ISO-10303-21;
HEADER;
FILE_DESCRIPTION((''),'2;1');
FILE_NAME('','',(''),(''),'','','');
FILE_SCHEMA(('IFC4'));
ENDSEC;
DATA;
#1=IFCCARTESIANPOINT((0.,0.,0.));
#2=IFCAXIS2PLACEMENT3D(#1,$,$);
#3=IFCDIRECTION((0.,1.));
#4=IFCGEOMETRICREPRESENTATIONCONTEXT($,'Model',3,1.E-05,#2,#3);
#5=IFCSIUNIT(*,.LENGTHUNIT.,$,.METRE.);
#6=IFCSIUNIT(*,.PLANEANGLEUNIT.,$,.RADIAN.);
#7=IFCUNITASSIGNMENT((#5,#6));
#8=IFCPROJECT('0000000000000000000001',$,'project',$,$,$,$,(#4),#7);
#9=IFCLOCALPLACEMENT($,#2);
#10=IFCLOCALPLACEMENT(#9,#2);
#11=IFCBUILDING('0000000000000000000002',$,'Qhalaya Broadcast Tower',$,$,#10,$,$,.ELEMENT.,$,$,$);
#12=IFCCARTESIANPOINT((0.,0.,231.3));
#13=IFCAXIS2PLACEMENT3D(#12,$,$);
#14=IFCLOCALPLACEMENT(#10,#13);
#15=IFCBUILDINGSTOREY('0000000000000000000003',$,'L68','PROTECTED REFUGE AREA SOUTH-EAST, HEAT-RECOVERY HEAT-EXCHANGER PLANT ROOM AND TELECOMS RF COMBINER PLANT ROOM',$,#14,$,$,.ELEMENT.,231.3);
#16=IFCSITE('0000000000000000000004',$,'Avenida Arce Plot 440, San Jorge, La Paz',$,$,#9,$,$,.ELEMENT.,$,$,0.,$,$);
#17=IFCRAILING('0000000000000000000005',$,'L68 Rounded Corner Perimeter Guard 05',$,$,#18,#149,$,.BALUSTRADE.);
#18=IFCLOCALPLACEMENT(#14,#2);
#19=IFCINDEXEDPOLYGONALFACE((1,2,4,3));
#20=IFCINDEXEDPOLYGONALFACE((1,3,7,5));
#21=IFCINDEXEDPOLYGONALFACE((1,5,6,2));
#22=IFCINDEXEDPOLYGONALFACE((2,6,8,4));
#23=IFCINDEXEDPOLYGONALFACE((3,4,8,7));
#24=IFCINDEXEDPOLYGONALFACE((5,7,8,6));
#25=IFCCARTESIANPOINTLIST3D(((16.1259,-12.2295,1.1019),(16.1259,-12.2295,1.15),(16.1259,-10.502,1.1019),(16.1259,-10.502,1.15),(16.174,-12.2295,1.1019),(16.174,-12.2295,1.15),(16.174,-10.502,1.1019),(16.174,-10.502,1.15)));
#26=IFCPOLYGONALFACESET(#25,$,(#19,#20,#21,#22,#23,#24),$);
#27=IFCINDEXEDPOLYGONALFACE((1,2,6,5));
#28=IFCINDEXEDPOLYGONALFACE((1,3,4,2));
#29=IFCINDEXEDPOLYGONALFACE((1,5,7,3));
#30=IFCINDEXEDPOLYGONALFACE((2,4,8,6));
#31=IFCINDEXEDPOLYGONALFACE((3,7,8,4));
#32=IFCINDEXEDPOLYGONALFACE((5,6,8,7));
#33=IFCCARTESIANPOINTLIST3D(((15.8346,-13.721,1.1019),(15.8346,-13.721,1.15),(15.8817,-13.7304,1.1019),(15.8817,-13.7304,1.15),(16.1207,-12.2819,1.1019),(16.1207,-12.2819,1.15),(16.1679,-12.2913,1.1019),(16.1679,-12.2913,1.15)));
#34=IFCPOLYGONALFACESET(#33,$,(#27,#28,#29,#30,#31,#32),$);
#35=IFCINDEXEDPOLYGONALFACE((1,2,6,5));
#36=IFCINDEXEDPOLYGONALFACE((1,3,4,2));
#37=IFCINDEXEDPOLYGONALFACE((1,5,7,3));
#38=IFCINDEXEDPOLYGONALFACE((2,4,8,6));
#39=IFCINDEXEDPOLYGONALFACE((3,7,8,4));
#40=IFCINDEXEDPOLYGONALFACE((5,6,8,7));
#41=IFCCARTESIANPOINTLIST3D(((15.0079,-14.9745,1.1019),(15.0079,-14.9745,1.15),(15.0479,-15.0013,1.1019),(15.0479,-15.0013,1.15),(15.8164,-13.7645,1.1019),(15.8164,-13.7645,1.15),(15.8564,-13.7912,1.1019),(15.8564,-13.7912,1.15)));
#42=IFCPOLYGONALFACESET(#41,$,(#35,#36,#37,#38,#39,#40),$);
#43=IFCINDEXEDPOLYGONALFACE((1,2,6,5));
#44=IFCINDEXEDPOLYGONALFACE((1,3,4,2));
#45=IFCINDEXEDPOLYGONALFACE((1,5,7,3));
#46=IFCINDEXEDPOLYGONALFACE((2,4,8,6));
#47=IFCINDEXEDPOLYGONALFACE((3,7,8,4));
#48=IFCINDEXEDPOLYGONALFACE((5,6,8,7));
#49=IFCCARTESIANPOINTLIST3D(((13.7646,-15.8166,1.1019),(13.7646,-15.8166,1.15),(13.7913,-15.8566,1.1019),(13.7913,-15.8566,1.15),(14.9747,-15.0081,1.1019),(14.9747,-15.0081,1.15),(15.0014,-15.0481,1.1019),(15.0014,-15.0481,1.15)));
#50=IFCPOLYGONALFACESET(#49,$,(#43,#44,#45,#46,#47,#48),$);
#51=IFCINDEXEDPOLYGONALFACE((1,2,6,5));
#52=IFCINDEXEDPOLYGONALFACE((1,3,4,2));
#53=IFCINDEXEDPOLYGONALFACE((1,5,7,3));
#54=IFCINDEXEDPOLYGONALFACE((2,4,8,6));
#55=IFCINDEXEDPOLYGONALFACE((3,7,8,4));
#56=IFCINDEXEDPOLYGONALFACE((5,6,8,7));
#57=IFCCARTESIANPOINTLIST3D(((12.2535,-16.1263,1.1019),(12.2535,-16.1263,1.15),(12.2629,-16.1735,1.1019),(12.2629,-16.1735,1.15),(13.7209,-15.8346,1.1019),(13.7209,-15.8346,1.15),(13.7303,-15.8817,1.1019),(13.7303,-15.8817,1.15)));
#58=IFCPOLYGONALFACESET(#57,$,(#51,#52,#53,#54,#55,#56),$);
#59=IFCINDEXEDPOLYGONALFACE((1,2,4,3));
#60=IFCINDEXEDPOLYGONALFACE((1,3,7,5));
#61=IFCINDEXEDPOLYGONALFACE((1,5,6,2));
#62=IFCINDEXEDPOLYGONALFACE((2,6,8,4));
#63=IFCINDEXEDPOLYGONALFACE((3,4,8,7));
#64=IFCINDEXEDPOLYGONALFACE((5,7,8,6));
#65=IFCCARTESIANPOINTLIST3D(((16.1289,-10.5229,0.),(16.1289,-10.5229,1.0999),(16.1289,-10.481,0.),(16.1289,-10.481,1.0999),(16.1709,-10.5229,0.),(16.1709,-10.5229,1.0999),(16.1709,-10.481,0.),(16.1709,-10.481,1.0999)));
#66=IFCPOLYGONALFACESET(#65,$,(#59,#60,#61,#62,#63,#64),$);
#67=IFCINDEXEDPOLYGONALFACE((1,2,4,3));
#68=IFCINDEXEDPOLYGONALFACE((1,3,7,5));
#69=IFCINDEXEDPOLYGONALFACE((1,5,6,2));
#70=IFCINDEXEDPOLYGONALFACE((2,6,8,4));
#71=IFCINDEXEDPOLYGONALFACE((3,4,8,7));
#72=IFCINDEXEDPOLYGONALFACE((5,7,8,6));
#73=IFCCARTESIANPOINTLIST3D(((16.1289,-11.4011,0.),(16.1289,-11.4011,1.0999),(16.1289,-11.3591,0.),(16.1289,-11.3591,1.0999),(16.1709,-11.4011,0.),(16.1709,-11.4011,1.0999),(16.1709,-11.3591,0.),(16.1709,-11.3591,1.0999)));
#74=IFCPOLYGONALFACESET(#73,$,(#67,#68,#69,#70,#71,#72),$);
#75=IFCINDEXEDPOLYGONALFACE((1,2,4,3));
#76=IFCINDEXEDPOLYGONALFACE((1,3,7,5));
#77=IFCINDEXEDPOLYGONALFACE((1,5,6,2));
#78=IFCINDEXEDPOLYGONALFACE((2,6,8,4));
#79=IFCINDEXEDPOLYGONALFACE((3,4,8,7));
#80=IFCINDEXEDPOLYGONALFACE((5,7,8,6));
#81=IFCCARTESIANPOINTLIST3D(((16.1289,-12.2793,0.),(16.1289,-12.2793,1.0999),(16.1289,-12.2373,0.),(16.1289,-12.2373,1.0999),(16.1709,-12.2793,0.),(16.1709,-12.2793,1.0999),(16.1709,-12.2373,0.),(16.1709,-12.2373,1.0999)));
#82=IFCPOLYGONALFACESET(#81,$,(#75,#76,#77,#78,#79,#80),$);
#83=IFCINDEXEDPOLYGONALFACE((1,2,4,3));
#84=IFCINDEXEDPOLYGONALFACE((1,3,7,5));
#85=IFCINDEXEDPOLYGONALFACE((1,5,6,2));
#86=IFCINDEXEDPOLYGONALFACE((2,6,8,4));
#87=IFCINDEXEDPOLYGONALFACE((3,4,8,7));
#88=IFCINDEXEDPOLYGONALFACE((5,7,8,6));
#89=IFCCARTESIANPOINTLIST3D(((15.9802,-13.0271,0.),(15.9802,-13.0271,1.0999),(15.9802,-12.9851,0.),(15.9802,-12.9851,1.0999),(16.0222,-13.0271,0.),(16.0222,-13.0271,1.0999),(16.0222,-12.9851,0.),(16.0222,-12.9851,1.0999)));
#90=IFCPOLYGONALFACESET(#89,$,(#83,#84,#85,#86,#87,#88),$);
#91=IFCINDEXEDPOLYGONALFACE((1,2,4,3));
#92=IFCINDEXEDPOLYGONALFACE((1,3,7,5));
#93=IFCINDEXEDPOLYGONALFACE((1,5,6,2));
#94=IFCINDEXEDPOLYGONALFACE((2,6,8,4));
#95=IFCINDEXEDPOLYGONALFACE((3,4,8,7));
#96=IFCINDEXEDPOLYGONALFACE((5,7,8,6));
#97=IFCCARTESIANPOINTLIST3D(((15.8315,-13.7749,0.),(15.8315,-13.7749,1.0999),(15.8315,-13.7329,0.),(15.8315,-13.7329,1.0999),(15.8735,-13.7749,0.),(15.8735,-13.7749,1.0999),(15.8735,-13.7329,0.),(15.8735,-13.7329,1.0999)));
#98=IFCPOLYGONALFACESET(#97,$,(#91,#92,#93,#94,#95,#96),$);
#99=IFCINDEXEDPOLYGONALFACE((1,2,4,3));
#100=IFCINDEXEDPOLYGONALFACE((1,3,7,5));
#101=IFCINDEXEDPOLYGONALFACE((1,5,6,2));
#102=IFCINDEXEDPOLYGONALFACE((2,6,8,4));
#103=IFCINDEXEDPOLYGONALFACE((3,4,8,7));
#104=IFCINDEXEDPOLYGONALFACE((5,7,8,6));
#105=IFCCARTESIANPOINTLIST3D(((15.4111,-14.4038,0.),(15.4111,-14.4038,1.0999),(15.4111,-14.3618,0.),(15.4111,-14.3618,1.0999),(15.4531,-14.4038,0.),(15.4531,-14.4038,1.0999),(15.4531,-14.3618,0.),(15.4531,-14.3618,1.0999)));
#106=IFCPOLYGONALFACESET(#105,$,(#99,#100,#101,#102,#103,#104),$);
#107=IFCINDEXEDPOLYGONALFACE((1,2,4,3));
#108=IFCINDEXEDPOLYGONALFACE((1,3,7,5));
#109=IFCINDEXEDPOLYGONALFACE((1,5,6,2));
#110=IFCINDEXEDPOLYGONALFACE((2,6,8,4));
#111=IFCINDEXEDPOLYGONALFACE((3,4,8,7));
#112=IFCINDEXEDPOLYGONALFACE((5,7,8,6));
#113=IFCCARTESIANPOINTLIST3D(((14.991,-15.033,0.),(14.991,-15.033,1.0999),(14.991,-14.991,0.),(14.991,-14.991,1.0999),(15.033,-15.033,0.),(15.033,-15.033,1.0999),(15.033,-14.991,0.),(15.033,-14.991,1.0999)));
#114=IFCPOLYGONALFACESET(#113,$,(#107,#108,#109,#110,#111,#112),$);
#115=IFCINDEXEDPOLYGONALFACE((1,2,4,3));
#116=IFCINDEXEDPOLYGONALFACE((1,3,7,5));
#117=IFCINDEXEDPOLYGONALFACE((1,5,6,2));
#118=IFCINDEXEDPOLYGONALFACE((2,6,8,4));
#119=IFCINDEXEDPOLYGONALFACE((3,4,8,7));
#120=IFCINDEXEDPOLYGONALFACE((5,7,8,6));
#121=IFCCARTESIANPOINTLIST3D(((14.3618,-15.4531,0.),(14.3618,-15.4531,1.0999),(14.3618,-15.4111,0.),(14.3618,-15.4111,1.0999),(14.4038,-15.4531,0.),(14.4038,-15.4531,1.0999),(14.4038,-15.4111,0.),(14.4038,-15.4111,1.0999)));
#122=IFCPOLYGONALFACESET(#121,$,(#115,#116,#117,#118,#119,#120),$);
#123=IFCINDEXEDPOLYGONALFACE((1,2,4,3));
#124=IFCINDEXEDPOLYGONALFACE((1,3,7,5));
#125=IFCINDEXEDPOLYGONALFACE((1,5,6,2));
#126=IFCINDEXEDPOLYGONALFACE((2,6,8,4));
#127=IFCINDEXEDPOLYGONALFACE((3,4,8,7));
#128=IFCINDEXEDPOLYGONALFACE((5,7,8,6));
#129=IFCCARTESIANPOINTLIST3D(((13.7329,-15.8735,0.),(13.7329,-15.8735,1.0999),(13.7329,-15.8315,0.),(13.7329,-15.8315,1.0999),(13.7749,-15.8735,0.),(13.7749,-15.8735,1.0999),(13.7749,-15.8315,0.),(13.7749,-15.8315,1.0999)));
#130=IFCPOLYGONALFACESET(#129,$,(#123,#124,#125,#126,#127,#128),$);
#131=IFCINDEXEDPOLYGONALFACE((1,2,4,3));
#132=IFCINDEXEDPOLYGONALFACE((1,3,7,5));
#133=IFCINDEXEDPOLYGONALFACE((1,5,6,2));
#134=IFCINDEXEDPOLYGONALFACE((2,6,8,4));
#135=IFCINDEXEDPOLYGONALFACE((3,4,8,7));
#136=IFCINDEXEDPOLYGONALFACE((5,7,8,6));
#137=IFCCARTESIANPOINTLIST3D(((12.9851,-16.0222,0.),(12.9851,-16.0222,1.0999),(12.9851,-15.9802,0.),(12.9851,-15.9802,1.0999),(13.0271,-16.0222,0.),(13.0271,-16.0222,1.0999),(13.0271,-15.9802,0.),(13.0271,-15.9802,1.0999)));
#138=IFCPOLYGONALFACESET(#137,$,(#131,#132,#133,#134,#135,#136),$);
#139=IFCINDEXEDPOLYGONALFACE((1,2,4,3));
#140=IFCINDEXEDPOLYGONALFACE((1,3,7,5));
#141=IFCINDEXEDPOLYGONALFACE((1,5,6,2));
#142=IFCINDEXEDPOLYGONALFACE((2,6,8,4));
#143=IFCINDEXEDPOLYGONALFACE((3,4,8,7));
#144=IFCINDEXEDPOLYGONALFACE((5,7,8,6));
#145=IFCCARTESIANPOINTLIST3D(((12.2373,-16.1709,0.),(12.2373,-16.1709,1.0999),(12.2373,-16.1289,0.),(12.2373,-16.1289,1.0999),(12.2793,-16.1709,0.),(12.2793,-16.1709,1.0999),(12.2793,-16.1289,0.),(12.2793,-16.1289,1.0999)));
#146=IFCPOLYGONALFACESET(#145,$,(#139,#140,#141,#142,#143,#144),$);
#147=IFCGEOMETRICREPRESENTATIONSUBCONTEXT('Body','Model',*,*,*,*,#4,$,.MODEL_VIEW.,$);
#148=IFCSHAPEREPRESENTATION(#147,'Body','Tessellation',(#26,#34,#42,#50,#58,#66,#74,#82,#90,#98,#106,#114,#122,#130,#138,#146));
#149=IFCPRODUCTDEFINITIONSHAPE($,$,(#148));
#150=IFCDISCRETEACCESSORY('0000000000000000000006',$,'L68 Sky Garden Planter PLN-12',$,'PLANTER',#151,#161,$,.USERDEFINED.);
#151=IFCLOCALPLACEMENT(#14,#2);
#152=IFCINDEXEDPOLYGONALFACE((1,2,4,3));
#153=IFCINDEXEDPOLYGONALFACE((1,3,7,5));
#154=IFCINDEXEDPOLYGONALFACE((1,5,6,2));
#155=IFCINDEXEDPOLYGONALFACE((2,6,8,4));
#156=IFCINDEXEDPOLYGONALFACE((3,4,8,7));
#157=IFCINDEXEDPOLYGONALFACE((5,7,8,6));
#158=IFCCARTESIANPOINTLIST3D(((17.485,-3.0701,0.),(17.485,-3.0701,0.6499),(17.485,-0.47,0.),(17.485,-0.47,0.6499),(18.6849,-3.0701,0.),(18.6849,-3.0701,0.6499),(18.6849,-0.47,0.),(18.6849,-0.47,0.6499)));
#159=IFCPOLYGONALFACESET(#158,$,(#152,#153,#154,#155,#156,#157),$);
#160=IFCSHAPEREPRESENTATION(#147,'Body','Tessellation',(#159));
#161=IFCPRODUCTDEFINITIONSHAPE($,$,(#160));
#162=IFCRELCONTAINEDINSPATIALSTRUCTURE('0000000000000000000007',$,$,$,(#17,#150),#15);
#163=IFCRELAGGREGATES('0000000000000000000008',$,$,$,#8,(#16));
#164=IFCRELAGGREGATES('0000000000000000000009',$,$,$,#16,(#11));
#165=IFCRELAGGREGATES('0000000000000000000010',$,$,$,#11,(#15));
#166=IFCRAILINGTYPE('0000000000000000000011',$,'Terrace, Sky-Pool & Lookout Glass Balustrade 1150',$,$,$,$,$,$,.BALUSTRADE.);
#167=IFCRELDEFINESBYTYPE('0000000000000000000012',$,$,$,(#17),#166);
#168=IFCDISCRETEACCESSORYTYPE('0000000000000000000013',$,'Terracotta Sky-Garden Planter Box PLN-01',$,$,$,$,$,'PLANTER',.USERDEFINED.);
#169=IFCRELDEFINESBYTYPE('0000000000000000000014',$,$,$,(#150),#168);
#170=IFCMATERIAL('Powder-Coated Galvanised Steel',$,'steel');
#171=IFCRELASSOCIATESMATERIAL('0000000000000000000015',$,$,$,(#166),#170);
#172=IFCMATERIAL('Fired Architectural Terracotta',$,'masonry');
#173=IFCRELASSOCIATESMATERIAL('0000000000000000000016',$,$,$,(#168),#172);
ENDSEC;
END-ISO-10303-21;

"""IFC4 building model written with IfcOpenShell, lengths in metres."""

from ifc_helpers import new_model, si_unit, direction, frame, origin, origin_2d, place, context, subcontext, project, spatial, rectangle, extrude, material, type_object, element, save


model = new_model("IFC4")

# Units and contexts
model_context = context("Model", 3, precision=1e-05, world=origin(), true_north=direction((0.0, 1.0)))
body_context = subcontext(model_context, "Body", "Model", "MODEL_VIEW")
ifc_project = project(units=[si_unit("LENGTHUNIT", "METRE"), si_unit("PLANEANGLEUNIT", "RADIAN")], contexts=[model_context])

# Site, building, storey
site_placement = place(None, origin())
site = spatial("IfcSite", under=ifc_project, at=site_placement, Name="Avenida Arce Plot 440, San Jorge, La Paz", CompositionType="ELEMENT", RefElevation=0.0)
building_placement = place(site_placement, origin())
building = spatial("IfcBuilding", under=site, at=building_placement, Name="Qhalaya Broadcast Tower", CompositionType="ELEMENT")
storey_placement = place(building_placement, frame((0.0, 0.0, 231.3)))
storey = spatial("IfcBuildingStorey", under=building, at=storey_placement, Name="L68", Description="PROTECTED REFUGE AREA SOUTH-EAST, HEAT-RECOVERY HEAT-EXCHANGER PLANT ROOM AND TELECOMS RF COMBINER PLANT ROOM", CompositionType="ELEMENT", Elevation=231.3)

# Shared definitions
ifc_material_1 = material(Name="Fired Architectural Terracotta", Category="masonry")

# Railing
ifc_material_2 = material(Name="Powder-Coated Galvanised Steel", Category="steel")
railing_type = type_object("IfcRailingType", Name="Terrace, Sky-Pool & Lookout Glass Balustrade 1150", PredefinedType="BALUSTRADE", material=ifc_material_2)
railing_placement = place(storey_placement, frame((16.1499, -10.502, 0.0)))
element("IfcRailing", 1, at=railing_placement, inside=storey, type_object=railing_type, Name="L68 Rounded Corner Perimeter Guard 05", PredefinedType="BALUSTRADE", context=body_context, shape_type="SweptSolid", body=[
    extrude(rectangle(XDim=0.0481, YDim=0.0481, at=origin_2d()), frame((0.0, 0.0, 1.126), z_axis=(0.0, -1.0, 0.0), x_axis=(1.0, 0.0, 0.0)), (0.0, 0.0, 1.0), 1.7275),
    extrude(rectangle(XDim=0.0481, YDim=0.0481, at=origin_2d()), frame((-0.0056, -1.7847, 1.126), z_axis=(-0.195008, -0.980802, 0.0), x_axis=(0.980802, -0.195008, 0.0)), (0.0, 0.0, 1.0), 1.4673),
    extrude(rectangle(XDim=0.0481, YDim=0.0481, at=origin_2d()), frame((-0.3135, -3.2759, 1.126), z_axis=(-0.555556, -0.831479, 0.0), x_axis=(0.831479, -0.555556, 0.0)), (0.0, 0.0, 1.0), 1.4553),
    extrude(rectangle(XDim=0.0481, YDim=0.0481, at=origin_2d()), frame((-1.1619, -4.5261, 1.126), z_axis=(-0.831479, -0.555556, 0.0), x_axis=(0.555556, -0.831479, 0.0)), (0.0, 0.0, 1.0), 1.4553),
    extrude(rectangle(XDim=0.0481, YDim=0.0481, at=origin_2d()), frame((-2.4243, -5.3562, 1.126), z_axis=(-0.980802, -0.195008, 0.0), x_axis=(0.195008, -0.980802, 0.0)), (0.0, 0.0, 1.0), 1.4961),
    extrude(rectangle(XDim=0.042, YDim=0.042, at=origin_2d()), origin(), (0.0, 0.0, 1.0), 1.0999),
    extrude(rectangle(XDim=0.042, YDim=0.042, at=origin_2d()), frame((0.0, -0.8782, 0.0)), (0.0, 0.0, 1.0), 1.0999),
    extrude(rectangle(XDim=0.042, YDim=0.042, at=origin_2d()), frame((0.0, -1.7563, 0.0)), (0.0, 0.0, 1.0), 1.0999),
    extrude(rectangle(XDim=0.042, YDim=0.042, at=origin_2d()), frame((-0.1487, -2.5042, 0.0)), (0.0, 0.0, 1.0), 1.0999),
    extrude(rectangle(XDim=0.042, YDim=0.042, at=origin_2d()), frame((-0.2974, -3.252, 0.0)), (0.0, 0.0, 1.0), 1.0999),
    extrude(rectangle(XDim=0.042, YDim=0.042, at=origin_2d()), frame((-0.7178, -3.8809, 0.0)), (0.0, 0.0, 1.0), 1.0999),
    extrude(rectangle(XDim=0.042, YDim=0.042, at=origin_2d()), frame((-1.1379, -4.51, 0.0)), (0.0, 0.0, 1.0), 1.0999),
    extrude(rectangle(XDim=0.042, YDim=0.042, at=origin_2d()), frame((-1.7671, -4.9302, 0.0)), (0.0, 0.0, 1.0), 1.0999),
    extrude(rectangle(XDim=0.042, YDim=0.042, at=origin_2d()), frame((-2.396, -5.3506, 0.0)), (0.0, 0.0, 1.0), 1.0999),
    extrude(rectangle(XDim=0.042, YDim=0.042, at=origin_2d()), frame((-3.1438, -5.4993, 0.0)), (0.0, 0.0, 1.0), 1.0999),
    extrude(rectangle(XDim=0.042, YDim=0.042, at=origin_2d()), frame((-3.8916, -5.6479, 0.0)), (0.0, 0.0, 1.0), 1.0999),
])

# Discrete accessory
discrete_accessory_type = type_object("IfcDiscreteAccessoryType", Name="Terracotta Sky-Garden Planter Box PLN-01", ElementType="PLANTER", PredefinedType="USERDEFINED", material=ifc_material_1)
discrete_accessory_placement = place(storey_placement, frame((18.085, -1.77, 0.0), z_axis=(0.0, 0.0, 1.0), x_axis=(1.0, 0.0, 0.0)))
element("IfcDiscreteAccessory", 2, at=discrete_accessory_placement, inside=storey, type_object=discrete_accessory_type, Name="L68 Sky Garden Planter PLN-12", ObjectType="PLANTER", PredefinedType="USERDEFINED", context=body_context, shape_type="SweptSolid", body=[
    extrude(rectangle(XDim=1.2, YDim=2.6001, at=origin_2d()), origin(), (0.0, 0.0, 1.0), 0.6499),
])

save(model, "model.ifc")
